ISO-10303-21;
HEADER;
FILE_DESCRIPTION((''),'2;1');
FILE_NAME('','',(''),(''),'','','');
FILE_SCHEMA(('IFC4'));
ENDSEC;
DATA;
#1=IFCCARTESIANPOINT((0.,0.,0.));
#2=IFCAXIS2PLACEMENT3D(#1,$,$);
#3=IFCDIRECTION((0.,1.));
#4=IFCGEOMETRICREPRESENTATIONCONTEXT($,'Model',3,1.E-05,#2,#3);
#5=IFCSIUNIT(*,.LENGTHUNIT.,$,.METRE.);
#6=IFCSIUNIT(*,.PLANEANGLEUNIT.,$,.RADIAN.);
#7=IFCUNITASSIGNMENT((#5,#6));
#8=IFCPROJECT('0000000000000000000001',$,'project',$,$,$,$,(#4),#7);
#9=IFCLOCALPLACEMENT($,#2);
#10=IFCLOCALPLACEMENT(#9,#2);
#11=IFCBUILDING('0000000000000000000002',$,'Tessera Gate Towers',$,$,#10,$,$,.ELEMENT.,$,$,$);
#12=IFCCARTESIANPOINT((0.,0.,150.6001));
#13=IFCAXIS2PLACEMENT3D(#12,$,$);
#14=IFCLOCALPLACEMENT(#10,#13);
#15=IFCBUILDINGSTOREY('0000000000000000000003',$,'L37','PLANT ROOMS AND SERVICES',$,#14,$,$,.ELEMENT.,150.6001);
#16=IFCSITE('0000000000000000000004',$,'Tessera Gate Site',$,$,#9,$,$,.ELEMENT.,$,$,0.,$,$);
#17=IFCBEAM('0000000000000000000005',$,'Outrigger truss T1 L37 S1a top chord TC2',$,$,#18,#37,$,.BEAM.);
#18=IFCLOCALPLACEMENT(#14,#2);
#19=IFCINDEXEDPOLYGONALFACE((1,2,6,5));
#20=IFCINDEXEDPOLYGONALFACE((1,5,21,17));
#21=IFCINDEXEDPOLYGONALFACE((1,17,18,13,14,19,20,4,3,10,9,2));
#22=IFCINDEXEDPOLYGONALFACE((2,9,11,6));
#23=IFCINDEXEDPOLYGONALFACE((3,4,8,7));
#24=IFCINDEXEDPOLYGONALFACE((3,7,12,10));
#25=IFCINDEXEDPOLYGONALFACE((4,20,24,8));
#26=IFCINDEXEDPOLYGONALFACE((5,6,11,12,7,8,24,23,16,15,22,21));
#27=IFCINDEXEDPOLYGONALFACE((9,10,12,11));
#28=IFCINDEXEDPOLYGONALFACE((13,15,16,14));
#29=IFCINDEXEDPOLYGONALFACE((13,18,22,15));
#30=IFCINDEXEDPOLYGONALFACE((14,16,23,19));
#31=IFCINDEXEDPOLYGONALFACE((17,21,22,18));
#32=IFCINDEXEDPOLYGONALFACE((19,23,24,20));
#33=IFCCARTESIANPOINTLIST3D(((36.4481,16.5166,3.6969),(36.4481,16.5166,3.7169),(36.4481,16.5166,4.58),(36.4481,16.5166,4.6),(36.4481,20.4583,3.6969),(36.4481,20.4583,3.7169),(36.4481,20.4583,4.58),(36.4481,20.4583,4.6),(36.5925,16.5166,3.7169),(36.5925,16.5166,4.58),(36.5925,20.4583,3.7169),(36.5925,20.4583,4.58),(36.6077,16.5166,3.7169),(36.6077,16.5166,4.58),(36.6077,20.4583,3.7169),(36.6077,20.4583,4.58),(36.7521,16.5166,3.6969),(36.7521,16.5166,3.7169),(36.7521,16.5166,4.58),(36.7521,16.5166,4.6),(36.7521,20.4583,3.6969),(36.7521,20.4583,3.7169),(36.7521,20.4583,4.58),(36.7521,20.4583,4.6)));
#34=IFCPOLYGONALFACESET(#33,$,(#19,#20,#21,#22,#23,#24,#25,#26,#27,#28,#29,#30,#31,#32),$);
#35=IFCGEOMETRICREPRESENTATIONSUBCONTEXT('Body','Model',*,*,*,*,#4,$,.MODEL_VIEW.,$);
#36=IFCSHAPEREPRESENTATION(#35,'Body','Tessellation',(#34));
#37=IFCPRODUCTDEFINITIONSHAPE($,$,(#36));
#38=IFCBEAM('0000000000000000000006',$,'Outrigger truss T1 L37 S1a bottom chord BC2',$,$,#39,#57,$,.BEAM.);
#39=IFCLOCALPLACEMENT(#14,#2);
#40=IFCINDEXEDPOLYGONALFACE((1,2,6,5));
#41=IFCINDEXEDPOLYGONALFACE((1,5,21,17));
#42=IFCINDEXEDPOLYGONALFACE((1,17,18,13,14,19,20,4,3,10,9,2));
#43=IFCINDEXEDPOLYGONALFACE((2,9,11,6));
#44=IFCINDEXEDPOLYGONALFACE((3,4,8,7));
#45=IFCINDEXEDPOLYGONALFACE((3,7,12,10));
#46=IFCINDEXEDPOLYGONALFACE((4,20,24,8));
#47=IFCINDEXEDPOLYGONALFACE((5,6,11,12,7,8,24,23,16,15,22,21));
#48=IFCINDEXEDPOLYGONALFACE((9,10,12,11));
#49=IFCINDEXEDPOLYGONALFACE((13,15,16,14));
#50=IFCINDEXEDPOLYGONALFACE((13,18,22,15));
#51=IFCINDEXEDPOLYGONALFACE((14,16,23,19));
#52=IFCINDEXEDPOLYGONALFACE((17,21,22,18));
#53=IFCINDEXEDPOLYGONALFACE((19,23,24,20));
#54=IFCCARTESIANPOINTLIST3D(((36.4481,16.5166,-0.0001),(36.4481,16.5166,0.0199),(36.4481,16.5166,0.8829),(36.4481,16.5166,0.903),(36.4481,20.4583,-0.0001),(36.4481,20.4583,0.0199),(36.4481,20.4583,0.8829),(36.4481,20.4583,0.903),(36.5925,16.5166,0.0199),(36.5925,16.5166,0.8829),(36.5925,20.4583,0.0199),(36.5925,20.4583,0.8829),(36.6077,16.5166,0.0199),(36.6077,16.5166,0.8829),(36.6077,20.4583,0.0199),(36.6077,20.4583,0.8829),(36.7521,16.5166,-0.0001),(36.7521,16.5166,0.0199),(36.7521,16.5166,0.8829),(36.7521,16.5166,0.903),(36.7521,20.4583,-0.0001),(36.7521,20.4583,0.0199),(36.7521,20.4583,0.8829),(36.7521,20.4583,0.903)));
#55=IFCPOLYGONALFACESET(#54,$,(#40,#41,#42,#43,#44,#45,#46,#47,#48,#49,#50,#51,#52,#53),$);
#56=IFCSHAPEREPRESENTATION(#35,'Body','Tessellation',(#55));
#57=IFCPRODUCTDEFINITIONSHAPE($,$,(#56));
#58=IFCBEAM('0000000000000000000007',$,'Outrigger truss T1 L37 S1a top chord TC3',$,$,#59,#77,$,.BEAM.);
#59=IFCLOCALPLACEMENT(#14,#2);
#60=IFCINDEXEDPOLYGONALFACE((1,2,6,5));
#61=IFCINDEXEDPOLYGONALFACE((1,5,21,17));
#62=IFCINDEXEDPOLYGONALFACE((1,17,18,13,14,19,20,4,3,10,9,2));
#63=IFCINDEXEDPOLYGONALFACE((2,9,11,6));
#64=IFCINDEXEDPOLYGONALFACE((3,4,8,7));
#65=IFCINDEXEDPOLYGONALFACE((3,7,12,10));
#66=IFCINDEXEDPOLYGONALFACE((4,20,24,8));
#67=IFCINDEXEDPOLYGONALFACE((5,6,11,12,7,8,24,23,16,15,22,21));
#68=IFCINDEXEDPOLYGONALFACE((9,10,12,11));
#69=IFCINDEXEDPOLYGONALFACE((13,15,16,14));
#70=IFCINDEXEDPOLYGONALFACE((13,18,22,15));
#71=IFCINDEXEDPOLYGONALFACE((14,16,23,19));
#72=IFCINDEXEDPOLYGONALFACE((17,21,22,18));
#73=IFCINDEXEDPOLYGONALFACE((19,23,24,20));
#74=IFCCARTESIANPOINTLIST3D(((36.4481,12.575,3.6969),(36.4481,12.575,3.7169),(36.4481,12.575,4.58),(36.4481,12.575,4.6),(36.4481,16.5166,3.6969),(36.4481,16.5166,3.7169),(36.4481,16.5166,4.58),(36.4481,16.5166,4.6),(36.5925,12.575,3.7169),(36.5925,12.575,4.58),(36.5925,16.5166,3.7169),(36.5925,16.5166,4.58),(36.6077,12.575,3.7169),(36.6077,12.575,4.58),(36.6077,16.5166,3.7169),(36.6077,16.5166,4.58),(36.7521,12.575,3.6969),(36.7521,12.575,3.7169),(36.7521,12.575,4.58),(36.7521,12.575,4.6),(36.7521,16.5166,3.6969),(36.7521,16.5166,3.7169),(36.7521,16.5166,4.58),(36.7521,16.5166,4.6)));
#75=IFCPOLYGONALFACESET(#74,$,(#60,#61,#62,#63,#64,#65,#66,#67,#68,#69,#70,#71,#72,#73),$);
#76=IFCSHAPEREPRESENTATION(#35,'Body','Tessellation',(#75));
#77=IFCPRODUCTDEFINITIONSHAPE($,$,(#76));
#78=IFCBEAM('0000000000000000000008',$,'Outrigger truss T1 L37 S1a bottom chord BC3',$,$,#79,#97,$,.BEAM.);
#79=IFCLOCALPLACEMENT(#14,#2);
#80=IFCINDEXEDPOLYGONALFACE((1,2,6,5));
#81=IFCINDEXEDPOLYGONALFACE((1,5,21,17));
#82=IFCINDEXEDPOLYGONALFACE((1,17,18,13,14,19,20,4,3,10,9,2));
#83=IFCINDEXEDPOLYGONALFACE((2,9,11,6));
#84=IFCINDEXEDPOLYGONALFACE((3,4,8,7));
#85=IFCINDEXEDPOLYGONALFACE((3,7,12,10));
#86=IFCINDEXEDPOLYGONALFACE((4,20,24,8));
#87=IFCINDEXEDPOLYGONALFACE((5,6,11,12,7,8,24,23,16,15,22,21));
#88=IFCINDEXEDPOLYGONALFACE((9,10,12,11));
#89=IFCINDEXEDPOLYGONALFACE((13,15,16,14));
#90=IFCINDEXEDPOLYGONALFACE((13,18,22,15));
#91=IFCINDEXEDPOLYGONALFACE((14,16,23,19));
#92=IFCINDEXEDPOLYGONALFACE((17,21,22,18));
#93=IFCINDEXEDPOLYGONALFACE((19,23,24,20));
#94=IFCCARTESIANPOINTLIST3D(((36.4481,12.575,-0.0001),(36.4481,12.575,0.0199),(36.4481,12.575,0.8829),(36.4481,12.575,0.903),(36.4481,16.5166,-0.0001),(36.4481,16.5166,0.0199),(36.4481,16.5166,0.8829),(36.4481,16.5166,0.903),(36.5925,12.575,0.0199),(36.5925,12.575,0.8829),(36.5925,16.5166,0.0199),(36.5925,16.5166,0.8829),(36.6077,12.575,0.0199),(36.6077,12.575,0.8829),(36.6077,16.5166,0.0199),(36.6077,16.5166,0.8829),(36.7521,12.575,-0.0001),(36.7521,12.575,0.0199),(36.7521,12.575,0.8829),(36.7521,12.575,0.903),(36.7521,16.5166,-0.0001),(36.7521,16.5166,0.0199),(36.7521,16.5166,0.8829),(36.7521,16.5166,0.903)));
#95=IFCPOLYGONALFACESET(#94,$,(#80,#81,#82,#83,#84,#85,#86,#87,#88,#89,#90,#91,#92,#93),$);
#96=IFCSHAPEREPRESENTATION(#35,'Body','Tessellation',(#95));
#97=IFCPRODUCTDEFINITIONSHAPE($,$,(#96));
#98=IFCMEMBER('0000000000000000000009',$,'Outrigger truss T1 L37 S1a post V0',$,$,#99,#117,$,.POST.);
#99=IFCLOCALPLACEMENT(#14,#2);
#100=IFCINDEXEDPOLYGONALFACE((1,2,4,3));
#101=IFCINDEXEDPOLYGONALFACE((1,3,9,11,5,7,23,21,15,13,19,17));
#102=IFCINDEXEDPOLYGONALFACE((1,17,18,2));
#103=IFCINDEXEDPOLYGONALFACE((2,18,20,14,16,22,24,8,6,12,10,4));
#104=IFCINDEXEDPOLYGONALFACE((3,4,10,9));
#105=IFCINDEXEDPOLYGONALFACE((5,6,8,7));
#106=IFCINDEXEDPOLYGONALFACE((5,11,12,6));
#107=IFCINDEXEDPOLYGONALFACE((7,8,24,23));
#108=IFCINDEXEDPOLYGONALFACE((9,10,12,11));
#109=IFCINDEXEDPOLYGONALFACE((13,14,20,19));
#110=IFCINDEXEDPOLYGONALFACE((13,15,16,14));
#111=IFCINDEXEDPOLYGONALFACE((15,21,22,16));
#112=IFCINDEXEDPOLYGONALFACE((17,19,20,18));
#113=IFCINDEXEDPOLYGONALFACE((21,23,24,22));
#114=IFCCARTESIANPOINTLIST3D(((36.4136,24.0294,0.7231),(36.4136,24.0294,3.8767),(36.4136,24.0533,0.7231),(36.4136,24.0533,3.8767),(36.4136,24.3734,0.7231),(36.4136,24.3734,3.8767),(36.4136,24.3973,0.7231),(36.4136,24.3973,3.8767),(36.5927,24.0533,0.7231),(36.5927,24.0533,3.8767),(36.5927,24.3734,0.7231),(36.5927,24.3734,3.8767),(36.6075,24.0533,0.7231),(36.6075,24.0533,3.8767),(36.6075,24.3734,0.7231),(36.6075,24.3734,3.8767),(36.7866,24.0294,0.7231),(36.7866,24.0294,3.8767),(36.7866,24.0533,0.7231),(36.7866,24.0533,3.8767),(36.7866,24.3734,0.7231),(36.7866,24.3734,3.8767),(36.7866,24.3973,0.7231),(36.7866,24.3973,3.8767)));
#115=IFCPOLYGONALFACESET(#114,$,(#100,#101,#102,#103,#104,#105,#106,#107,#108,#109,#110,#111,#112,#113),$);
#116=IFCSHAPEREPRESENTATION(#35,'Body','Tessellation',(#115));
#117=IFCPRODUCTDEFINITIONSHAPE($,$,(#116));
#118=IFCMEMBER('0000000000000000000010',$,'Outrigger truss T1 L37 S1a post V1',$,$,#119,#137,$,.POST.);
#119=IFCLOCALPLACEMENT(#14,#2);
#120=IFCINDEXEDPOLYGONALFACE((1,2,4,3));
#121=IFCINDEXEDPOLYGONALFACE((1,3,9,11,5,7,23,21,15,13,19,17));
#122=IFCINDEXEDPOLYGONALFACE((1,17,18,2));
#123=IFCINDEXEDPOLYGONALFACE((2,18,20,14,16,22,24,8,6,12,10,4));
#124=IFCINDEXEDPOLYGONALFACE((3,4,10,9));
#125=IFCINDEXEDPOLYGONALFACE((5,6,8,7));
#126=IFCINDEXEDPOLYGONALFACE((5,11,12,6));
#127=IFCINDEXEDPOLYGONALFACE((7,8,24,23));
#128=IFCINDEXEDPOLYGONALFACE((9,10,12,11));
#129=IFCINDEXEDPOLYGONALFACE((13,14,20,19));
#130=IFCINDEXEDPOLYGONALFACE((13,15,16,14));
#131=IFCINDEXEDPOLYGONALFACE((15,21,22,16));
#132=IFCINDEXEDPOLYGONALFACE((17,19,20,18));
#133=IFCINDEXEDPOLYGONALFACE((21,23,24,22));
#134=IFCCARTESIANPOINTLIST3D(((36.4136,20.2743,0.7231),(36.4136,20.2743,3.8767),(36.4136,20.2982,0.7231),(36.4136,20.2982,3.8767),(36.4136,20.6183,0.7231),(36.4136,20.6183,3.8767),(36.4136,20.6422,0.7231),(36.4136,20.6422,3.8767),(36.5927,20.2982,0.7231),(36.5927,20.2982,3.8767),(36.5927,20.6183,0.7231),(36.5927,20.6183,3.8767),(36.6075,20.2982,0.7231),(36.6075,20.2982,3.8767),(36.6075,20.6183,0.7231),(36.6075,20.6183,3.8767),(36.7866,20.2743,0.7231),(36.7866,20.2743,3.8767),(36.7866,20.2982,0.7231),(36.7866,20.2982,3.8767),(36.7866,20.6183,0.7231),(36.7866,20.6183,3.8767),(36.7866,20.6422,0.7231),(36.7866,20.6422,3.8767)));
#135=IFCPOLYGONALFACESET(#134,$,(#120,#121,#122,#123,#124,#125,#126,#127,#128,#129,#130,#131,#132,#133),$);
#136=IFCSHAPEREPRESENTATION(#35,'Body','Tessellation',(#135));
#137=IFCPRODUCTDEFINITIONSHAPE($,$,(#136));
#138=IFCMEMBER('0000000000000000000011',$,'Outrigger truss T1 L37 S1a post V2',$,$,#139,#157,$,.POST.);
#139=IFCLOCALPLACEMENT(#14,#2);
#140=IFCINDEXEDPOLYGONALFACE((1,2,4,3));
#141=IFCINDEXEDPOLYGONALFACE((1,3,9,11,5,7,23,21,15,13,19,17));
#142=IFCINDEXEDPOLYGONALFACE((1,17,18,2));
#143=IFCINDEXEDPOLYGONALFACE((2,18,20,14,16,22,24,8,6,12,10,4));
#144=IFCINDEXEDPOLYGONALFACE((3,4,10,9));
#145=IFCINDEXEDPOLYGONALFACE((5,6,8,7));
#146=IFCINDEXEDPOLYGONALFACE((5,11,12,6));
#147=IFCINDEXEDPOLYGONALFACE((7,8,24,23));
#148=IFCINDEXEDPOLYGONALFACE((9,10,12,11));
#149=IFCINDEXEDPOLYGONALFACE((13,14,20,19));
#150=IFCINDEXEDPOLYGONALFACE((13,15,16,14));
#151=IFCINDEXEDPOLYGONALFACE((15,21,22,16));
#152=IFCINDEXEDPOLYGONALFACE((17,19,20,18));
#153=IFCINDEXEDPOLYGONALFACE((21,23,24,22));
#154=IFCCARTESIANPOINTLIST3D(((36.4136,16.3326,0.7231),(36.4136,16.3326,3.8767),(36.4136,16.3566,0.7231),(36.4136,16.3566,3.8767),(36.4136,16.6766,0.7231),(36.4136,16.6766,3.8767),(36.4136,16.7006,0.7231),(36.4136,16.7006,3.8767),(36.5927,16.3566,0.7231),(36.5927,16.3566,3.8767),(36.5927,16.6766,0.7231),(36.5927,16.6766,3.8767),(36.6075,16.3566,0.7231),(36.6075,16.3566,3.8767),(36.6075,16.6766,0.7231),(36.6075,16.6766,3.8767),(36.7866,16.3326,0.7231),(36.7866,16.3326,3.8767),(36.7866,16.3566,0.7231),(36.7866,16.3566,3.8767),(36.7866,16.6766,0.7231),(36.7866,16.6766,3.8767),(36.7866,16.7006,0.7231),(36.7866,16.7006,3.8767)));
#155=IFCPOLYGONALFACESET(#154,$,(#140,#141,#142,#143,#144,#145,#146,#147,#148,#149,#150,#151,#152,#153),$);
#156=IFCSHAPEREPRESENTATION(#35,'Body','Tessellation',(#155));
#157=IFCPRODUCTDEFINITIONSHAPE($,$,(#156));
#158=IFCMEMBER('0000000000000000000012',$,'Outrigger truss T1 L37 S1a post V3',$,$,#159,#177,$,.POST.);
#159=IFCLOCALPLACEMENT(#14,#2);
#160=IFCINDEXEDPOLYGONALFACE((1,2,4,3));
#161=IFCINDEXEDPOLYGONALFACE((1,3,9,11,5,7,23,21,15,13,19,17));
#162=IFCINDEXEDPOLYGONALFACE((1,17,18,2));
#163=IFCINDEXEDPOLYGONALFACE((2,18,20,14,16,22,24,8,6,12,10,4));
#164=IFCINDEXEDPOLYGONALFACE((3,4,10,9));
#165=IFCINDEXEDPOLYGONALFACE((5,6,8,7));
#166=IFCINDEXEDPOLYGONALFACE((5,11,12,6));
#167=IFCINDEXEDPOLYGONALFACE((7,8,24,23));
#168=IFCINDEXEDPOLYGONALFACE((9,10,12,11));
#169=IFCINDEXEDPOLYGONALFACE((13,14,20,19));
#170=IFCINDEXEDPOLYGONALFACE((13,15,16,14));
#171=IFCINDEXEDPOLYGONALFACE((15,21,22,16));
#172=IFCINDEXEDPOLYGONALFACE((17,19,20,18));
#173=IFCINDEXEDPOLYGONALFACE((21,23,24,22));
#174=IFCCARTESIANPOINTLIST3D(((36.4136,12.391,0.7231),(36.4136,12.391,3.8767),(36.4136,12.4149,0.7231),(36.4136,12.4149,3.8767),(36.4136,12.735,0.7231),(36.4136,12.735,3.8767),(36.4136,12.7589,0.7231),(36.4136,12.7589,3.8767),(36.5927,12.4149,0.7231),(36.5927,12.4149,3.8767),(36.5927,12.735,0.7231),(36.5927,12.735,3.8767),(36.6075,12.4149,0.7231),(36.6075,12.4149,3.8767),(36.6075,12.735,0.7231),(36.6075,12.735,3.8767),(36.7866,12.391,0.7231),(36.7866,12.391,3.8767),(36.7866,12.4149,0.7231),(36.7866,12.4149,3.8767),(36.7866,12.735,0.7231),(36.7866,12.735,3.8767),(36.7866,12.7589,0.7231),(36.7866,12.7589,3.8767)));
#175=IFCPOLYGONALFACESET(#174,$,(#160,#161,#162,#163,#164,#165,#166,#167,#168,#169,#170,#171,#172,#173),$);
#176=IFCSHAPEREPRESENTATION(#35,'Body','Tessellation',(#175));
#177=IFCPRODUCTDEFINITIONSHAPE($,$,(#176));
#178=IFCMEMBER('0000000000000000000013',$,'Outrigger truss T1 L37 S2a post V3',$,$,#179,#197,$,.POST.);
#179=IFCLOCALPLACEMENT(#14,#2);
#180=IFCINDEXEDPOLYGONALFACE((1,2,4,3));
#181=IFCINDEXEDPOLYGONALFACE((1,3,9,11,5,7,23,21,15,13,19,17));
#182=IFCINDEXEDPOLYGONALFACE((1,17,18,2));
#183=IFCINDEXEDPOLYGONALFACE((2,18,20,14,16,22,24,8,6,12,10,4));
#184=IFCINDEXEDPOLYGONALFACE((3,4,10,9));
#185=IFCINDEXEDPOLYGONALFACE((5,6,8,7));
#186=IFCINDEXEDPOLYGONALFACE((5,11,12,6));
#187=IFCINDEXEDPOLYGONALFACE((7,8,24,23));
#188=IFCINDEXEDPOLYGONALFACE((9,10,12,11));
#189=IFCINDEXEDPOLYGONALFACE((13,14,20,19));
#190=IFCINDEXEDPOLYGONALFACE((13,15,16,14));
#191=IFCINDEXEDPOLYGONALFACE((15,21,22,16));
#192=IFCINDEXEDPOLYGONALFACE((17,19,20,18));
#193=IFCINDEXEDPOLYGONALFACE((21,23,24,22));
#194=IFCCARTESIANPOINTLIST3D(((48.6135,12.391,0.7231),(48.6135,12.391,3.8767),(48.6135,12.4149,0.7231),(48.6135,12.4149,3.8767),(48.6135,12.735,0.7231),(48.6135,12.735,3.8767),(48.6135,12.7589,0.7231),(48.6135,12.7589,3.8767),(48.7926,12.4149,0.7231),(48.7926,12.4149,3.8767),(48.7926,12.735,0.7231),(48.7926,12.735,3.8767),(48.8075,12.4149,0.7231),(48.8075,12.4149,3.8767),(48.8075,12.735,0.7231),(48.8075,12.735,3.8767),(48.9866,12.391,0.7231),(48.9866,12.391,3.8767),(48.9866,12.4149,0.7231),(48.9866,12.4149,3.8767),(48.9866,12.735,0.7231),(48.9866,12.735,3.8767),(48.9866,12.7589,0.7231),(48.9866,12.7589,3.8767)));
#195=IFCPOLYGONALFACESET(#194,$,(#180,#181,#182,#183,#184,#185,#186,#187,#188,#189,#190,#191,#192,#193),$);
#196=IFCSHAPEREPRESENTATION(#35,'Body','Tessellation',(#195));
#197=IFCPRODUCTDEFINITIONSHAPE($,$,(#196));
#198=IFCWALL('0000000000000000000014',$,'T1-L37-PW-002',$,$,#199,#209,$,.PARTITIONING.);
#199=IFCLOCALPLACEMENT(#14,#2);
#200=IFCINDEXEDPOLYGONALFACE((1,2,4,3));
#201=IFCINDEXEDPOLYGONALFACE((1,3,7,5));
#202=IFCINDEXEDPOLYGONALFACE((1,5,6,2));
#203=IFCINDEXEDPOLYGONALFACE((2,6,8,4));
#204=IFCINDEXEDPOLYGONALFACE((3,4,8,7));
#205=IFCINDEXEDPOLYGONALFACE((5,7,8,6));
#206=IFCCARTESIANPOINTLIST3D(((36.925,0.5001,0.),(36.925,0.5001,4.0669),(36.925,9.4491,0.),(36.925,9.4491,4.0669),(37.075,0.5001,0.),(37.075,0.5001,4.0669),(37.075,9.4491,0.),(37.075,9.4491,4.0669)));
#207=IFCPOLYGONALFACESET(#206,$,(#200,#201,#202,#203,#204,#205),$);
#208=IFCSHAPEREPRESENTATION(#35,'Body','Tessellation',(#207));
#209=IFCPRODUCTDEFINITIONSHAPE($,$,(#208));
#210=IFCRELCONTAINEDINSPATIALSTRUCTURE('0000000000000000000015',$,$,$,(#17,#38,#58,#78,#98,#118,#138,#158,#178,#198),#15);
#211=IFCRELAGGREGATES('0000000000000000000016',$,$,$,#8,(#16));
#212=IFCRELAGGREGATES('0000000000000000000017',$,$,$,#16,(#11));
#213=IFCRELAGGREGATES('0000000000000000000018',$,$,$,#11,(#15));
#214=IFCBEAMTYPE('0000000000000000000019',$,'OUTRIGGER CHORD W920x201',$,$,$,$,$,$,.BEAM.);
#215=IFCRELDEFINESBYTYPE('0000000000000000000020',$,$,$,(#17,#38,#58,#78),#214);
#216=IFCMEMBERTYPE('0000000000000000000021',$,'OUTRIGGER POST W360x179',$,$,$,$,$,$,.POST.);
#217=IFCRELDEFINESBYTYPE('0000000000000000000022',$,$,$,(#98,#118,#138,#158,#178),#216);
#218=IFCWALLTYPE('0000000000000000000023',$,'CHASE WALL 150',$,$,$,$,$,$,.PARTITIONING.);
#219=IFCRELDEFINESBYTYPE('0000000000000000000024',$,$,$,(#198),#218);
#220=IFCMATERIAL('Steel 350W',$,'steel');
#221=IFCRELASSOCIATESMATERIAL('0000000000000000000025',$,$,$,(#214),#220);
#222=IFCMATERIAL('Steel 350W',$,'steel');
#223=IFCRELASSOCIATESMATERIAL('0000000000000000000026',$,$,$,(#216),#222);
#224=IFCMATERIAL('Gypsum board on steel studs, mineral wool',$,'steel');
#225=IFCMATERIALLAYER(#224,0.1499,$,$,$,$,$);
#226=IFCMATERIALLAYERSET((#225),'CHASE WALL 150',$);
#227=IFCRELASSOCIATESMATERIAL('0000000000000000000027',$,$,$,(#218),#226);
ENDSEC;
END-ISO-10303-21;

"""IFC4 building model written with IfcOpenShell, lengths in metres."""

from ifc_helpers import new_model, si_unit, direction, frame, frame_2d, origin, origin_2d, place, context, subcontext, project, spatial, rectangle, i_section, extrude, material, layer, layer_set, material_profile, profile_set, type_object, element, save


model = new_model("IFC4")

# Units and contexts
model_context = context("Model", 3, precision=1e-05, world=origin(), true_north=direction((0.0, 1.0)))
body_context = subcontext(model_context, "Body", "Model", "MODEL_VIEW")
ifc_project = project(units=[si_unit("LENGTHUNIT", "METRE"), si_unit("PLANEANGLEUNIT", "RADIAN")], contexts=[model_context])

# Site, building, storey
site_placement = place(None, origin())
site = spatial("IfcSite", under=ifc_project, at=site_placement, Name="Tessera Gate Site", CompositionType="ELEMENT", RefElevation=0.0)
building_placement = place(site_placement, origin())
building = spatial("IfcBuilding", under=site, at=building_placement, Name="Tessera Gate Towers", CompositionType="ELEMENT")
storey_placement = place(building_placement, frame((0.0, 0.0, 150.6001)))
storey = spatial("IfcBuildingStorey", under=building, at=storey_placement, Name="L37", Description="PLANT ROOMS AND SERVICES", CompositionType="ELEMENT", Elevation=150.6001)

# Beams
ifc_material_1 = material(Name="Steel 350W", Category="steel")
ifc_material_profile_1 = material_profile(ifc_material_1, i_section(OverallWidth=0.304, OverallDepth=0.9031, WebThickness=0.0151, FlangeThickness=0.02, at=origin_2d()), Name="W920x201")
ifc_profile_set_1 = profile_set([ifc_material_profile_1], Name="Steel 350W")
beam_type_1 = type_object("IfcBeamType", Name="OUTRIGGER CHORD W920x201", PredefinedType="BEAM", material=ifc_profile_set_1)
for number, where, z_axis, x_axis, name in (
    (1, (36.6001, 20.4583, 4.1484), (0.0, -1.0, 0.0), (1.0, 0.0, 0.0), "Outrigger truss T1 L37 S1a top chord TC2"),
    (2, (36.6001, 20.4583, 0.4514), (0.0, -1.0, 0.0), (1.0, 0.0, 0.0), "Outrigger truss T1 L37 S1a bottom chord BC2"),
    (3, (36.6001, 16.5166, 4.1484), (0.0, -1.0, 0.0), (1.0, 0.0, 0.0), "Outrigger truss T1 L37 S1a top chord TC3"),
    (4, (36.6001, 16.5166, 0.4514), (0.0, -1.0, 0.0), (1.0, 0.0, 0.0), "Outrigger truss T1 L37 S1a bottom chord BC3"),
):
    element("IfcBeam", number, at=place(storey_placement, frame(where, z_axis=z_axis, x_axis=x_axis)), inside=storey, type_object=beam_type_1, Name=name, PredefinedType="BEAM", context=body_context, shape_type="SweptSolid", body=[
        extrude(i_section(OverallWidth=0.304, OverallDepth=0.9031, WebThickness=0.0151, FlangeThickness=0.02, at=origin_2d()), origin(), (0.0, 0.0, 1.0), 3.9417),
    ])

# Members
ifc_material_2 = material(Name="Steel 350W", Category="steel")
ifc_material_profile_2 = material_profile(ifc_material_2, i_section(OverallWidth=0.373, OverallDepth=0.3679, WebThickness=0.0149, FlangeThickness=0.0239, at=origin_2d()), Name="W360x179")
ifc_profile_set_2 = profile_set([ifc_material_profile_2], Name="Steel 350W")
member_type_1 = type_object("IfcMemberType", Name="OUTRIGGER POST W360x179", PredefinedType="POST", material=ifc_profile_set_2)
for number, where, z_axis, x_axis, name in (
    (5, (36.6001, 24.2134, 0.7231), (0.0, 0.0, 1.0), (1.0, 0.0, 0.0), "Outrigger truss T1 L37 S1a post V0"),
    (6, (36.6001, 20.4583, 0.7231), (0.0, 0.0, 1.0), (1.0, 0.0, 0.0), "Outrigger truss T1 L37 S1a post V1"),
    (7, (36.6001, 16.5166, 0.7231), (0.0, 0.0, 1.0), (1.0, 0.0, 0.0), "Outrigger truss T1 L37 S1a post V2"),
    (8, (36.6001, 12.575, 0.7231), (0.0, 0.0, 1.0), (1.0, 0.0, 0.0), "Outrigger truss T1 L37 S1a post V3"),
    (9, (48.8, 12.575, 0.7231), (0.0, 0.0, 1.0), (1.0, 0.0, 0.0), "Outrigger truss T1 L37 S2a post V3"),
):
    element("IfcMember", number, at=place(storey_placement, frame(where, z_axis=z_axis, x_axis=x_axis)), inside=storey, type_object=member_type_1, Name=name, PredefinedType="POST", context=body_context, shape_type="SweptSolid", body=[
        extrude(i_section(OverallWidth=0.373, OverallDepth=0.3679, WebThickness=0.0149, FlangeThickness=0.0239, at=origin_2d()), origin(), (0.0, 0.0, 1.0), 3.1536),
    ])

# Wall
ifc_material_3 = material(Name="Gypsum board on steel studs, mineral wool", Category="steel")
ifc_layer_1 = layer(ifc_material_3, 0.1499)
ifc_layer_set_1 = layer_set([ifc_layer_1], Name="CHASE WALL 150")
wall_type_1 = type_object("IfcWallType", Name="CHASE WALL 150", PredefinedType="PARTITIONING", material=ifc_layer_set_1)
wall_1_placement = place(storey_placement, frame((37.0, 0.5, 0.0), z_axis=(0.0, 0.0, 1.0), x_axis=(0.0, 1.0, 0.0)))
element("IfcWall", 10, at=wall_1_placement, inside=storey, type_object=wall_type_1, Name="T1-L37-PW-002", PredefinedType="PARTITIONING", context=body_context, shape_type="SweptSolid", body=[
    extrude(rectangle(XDim=8.949, YDim=0.1499, at=frame_2d((4.4746, 0.0))), origin(), (0.0, 0.0, 1.0), 4.0669),
])

save(model, "model.ifc")
